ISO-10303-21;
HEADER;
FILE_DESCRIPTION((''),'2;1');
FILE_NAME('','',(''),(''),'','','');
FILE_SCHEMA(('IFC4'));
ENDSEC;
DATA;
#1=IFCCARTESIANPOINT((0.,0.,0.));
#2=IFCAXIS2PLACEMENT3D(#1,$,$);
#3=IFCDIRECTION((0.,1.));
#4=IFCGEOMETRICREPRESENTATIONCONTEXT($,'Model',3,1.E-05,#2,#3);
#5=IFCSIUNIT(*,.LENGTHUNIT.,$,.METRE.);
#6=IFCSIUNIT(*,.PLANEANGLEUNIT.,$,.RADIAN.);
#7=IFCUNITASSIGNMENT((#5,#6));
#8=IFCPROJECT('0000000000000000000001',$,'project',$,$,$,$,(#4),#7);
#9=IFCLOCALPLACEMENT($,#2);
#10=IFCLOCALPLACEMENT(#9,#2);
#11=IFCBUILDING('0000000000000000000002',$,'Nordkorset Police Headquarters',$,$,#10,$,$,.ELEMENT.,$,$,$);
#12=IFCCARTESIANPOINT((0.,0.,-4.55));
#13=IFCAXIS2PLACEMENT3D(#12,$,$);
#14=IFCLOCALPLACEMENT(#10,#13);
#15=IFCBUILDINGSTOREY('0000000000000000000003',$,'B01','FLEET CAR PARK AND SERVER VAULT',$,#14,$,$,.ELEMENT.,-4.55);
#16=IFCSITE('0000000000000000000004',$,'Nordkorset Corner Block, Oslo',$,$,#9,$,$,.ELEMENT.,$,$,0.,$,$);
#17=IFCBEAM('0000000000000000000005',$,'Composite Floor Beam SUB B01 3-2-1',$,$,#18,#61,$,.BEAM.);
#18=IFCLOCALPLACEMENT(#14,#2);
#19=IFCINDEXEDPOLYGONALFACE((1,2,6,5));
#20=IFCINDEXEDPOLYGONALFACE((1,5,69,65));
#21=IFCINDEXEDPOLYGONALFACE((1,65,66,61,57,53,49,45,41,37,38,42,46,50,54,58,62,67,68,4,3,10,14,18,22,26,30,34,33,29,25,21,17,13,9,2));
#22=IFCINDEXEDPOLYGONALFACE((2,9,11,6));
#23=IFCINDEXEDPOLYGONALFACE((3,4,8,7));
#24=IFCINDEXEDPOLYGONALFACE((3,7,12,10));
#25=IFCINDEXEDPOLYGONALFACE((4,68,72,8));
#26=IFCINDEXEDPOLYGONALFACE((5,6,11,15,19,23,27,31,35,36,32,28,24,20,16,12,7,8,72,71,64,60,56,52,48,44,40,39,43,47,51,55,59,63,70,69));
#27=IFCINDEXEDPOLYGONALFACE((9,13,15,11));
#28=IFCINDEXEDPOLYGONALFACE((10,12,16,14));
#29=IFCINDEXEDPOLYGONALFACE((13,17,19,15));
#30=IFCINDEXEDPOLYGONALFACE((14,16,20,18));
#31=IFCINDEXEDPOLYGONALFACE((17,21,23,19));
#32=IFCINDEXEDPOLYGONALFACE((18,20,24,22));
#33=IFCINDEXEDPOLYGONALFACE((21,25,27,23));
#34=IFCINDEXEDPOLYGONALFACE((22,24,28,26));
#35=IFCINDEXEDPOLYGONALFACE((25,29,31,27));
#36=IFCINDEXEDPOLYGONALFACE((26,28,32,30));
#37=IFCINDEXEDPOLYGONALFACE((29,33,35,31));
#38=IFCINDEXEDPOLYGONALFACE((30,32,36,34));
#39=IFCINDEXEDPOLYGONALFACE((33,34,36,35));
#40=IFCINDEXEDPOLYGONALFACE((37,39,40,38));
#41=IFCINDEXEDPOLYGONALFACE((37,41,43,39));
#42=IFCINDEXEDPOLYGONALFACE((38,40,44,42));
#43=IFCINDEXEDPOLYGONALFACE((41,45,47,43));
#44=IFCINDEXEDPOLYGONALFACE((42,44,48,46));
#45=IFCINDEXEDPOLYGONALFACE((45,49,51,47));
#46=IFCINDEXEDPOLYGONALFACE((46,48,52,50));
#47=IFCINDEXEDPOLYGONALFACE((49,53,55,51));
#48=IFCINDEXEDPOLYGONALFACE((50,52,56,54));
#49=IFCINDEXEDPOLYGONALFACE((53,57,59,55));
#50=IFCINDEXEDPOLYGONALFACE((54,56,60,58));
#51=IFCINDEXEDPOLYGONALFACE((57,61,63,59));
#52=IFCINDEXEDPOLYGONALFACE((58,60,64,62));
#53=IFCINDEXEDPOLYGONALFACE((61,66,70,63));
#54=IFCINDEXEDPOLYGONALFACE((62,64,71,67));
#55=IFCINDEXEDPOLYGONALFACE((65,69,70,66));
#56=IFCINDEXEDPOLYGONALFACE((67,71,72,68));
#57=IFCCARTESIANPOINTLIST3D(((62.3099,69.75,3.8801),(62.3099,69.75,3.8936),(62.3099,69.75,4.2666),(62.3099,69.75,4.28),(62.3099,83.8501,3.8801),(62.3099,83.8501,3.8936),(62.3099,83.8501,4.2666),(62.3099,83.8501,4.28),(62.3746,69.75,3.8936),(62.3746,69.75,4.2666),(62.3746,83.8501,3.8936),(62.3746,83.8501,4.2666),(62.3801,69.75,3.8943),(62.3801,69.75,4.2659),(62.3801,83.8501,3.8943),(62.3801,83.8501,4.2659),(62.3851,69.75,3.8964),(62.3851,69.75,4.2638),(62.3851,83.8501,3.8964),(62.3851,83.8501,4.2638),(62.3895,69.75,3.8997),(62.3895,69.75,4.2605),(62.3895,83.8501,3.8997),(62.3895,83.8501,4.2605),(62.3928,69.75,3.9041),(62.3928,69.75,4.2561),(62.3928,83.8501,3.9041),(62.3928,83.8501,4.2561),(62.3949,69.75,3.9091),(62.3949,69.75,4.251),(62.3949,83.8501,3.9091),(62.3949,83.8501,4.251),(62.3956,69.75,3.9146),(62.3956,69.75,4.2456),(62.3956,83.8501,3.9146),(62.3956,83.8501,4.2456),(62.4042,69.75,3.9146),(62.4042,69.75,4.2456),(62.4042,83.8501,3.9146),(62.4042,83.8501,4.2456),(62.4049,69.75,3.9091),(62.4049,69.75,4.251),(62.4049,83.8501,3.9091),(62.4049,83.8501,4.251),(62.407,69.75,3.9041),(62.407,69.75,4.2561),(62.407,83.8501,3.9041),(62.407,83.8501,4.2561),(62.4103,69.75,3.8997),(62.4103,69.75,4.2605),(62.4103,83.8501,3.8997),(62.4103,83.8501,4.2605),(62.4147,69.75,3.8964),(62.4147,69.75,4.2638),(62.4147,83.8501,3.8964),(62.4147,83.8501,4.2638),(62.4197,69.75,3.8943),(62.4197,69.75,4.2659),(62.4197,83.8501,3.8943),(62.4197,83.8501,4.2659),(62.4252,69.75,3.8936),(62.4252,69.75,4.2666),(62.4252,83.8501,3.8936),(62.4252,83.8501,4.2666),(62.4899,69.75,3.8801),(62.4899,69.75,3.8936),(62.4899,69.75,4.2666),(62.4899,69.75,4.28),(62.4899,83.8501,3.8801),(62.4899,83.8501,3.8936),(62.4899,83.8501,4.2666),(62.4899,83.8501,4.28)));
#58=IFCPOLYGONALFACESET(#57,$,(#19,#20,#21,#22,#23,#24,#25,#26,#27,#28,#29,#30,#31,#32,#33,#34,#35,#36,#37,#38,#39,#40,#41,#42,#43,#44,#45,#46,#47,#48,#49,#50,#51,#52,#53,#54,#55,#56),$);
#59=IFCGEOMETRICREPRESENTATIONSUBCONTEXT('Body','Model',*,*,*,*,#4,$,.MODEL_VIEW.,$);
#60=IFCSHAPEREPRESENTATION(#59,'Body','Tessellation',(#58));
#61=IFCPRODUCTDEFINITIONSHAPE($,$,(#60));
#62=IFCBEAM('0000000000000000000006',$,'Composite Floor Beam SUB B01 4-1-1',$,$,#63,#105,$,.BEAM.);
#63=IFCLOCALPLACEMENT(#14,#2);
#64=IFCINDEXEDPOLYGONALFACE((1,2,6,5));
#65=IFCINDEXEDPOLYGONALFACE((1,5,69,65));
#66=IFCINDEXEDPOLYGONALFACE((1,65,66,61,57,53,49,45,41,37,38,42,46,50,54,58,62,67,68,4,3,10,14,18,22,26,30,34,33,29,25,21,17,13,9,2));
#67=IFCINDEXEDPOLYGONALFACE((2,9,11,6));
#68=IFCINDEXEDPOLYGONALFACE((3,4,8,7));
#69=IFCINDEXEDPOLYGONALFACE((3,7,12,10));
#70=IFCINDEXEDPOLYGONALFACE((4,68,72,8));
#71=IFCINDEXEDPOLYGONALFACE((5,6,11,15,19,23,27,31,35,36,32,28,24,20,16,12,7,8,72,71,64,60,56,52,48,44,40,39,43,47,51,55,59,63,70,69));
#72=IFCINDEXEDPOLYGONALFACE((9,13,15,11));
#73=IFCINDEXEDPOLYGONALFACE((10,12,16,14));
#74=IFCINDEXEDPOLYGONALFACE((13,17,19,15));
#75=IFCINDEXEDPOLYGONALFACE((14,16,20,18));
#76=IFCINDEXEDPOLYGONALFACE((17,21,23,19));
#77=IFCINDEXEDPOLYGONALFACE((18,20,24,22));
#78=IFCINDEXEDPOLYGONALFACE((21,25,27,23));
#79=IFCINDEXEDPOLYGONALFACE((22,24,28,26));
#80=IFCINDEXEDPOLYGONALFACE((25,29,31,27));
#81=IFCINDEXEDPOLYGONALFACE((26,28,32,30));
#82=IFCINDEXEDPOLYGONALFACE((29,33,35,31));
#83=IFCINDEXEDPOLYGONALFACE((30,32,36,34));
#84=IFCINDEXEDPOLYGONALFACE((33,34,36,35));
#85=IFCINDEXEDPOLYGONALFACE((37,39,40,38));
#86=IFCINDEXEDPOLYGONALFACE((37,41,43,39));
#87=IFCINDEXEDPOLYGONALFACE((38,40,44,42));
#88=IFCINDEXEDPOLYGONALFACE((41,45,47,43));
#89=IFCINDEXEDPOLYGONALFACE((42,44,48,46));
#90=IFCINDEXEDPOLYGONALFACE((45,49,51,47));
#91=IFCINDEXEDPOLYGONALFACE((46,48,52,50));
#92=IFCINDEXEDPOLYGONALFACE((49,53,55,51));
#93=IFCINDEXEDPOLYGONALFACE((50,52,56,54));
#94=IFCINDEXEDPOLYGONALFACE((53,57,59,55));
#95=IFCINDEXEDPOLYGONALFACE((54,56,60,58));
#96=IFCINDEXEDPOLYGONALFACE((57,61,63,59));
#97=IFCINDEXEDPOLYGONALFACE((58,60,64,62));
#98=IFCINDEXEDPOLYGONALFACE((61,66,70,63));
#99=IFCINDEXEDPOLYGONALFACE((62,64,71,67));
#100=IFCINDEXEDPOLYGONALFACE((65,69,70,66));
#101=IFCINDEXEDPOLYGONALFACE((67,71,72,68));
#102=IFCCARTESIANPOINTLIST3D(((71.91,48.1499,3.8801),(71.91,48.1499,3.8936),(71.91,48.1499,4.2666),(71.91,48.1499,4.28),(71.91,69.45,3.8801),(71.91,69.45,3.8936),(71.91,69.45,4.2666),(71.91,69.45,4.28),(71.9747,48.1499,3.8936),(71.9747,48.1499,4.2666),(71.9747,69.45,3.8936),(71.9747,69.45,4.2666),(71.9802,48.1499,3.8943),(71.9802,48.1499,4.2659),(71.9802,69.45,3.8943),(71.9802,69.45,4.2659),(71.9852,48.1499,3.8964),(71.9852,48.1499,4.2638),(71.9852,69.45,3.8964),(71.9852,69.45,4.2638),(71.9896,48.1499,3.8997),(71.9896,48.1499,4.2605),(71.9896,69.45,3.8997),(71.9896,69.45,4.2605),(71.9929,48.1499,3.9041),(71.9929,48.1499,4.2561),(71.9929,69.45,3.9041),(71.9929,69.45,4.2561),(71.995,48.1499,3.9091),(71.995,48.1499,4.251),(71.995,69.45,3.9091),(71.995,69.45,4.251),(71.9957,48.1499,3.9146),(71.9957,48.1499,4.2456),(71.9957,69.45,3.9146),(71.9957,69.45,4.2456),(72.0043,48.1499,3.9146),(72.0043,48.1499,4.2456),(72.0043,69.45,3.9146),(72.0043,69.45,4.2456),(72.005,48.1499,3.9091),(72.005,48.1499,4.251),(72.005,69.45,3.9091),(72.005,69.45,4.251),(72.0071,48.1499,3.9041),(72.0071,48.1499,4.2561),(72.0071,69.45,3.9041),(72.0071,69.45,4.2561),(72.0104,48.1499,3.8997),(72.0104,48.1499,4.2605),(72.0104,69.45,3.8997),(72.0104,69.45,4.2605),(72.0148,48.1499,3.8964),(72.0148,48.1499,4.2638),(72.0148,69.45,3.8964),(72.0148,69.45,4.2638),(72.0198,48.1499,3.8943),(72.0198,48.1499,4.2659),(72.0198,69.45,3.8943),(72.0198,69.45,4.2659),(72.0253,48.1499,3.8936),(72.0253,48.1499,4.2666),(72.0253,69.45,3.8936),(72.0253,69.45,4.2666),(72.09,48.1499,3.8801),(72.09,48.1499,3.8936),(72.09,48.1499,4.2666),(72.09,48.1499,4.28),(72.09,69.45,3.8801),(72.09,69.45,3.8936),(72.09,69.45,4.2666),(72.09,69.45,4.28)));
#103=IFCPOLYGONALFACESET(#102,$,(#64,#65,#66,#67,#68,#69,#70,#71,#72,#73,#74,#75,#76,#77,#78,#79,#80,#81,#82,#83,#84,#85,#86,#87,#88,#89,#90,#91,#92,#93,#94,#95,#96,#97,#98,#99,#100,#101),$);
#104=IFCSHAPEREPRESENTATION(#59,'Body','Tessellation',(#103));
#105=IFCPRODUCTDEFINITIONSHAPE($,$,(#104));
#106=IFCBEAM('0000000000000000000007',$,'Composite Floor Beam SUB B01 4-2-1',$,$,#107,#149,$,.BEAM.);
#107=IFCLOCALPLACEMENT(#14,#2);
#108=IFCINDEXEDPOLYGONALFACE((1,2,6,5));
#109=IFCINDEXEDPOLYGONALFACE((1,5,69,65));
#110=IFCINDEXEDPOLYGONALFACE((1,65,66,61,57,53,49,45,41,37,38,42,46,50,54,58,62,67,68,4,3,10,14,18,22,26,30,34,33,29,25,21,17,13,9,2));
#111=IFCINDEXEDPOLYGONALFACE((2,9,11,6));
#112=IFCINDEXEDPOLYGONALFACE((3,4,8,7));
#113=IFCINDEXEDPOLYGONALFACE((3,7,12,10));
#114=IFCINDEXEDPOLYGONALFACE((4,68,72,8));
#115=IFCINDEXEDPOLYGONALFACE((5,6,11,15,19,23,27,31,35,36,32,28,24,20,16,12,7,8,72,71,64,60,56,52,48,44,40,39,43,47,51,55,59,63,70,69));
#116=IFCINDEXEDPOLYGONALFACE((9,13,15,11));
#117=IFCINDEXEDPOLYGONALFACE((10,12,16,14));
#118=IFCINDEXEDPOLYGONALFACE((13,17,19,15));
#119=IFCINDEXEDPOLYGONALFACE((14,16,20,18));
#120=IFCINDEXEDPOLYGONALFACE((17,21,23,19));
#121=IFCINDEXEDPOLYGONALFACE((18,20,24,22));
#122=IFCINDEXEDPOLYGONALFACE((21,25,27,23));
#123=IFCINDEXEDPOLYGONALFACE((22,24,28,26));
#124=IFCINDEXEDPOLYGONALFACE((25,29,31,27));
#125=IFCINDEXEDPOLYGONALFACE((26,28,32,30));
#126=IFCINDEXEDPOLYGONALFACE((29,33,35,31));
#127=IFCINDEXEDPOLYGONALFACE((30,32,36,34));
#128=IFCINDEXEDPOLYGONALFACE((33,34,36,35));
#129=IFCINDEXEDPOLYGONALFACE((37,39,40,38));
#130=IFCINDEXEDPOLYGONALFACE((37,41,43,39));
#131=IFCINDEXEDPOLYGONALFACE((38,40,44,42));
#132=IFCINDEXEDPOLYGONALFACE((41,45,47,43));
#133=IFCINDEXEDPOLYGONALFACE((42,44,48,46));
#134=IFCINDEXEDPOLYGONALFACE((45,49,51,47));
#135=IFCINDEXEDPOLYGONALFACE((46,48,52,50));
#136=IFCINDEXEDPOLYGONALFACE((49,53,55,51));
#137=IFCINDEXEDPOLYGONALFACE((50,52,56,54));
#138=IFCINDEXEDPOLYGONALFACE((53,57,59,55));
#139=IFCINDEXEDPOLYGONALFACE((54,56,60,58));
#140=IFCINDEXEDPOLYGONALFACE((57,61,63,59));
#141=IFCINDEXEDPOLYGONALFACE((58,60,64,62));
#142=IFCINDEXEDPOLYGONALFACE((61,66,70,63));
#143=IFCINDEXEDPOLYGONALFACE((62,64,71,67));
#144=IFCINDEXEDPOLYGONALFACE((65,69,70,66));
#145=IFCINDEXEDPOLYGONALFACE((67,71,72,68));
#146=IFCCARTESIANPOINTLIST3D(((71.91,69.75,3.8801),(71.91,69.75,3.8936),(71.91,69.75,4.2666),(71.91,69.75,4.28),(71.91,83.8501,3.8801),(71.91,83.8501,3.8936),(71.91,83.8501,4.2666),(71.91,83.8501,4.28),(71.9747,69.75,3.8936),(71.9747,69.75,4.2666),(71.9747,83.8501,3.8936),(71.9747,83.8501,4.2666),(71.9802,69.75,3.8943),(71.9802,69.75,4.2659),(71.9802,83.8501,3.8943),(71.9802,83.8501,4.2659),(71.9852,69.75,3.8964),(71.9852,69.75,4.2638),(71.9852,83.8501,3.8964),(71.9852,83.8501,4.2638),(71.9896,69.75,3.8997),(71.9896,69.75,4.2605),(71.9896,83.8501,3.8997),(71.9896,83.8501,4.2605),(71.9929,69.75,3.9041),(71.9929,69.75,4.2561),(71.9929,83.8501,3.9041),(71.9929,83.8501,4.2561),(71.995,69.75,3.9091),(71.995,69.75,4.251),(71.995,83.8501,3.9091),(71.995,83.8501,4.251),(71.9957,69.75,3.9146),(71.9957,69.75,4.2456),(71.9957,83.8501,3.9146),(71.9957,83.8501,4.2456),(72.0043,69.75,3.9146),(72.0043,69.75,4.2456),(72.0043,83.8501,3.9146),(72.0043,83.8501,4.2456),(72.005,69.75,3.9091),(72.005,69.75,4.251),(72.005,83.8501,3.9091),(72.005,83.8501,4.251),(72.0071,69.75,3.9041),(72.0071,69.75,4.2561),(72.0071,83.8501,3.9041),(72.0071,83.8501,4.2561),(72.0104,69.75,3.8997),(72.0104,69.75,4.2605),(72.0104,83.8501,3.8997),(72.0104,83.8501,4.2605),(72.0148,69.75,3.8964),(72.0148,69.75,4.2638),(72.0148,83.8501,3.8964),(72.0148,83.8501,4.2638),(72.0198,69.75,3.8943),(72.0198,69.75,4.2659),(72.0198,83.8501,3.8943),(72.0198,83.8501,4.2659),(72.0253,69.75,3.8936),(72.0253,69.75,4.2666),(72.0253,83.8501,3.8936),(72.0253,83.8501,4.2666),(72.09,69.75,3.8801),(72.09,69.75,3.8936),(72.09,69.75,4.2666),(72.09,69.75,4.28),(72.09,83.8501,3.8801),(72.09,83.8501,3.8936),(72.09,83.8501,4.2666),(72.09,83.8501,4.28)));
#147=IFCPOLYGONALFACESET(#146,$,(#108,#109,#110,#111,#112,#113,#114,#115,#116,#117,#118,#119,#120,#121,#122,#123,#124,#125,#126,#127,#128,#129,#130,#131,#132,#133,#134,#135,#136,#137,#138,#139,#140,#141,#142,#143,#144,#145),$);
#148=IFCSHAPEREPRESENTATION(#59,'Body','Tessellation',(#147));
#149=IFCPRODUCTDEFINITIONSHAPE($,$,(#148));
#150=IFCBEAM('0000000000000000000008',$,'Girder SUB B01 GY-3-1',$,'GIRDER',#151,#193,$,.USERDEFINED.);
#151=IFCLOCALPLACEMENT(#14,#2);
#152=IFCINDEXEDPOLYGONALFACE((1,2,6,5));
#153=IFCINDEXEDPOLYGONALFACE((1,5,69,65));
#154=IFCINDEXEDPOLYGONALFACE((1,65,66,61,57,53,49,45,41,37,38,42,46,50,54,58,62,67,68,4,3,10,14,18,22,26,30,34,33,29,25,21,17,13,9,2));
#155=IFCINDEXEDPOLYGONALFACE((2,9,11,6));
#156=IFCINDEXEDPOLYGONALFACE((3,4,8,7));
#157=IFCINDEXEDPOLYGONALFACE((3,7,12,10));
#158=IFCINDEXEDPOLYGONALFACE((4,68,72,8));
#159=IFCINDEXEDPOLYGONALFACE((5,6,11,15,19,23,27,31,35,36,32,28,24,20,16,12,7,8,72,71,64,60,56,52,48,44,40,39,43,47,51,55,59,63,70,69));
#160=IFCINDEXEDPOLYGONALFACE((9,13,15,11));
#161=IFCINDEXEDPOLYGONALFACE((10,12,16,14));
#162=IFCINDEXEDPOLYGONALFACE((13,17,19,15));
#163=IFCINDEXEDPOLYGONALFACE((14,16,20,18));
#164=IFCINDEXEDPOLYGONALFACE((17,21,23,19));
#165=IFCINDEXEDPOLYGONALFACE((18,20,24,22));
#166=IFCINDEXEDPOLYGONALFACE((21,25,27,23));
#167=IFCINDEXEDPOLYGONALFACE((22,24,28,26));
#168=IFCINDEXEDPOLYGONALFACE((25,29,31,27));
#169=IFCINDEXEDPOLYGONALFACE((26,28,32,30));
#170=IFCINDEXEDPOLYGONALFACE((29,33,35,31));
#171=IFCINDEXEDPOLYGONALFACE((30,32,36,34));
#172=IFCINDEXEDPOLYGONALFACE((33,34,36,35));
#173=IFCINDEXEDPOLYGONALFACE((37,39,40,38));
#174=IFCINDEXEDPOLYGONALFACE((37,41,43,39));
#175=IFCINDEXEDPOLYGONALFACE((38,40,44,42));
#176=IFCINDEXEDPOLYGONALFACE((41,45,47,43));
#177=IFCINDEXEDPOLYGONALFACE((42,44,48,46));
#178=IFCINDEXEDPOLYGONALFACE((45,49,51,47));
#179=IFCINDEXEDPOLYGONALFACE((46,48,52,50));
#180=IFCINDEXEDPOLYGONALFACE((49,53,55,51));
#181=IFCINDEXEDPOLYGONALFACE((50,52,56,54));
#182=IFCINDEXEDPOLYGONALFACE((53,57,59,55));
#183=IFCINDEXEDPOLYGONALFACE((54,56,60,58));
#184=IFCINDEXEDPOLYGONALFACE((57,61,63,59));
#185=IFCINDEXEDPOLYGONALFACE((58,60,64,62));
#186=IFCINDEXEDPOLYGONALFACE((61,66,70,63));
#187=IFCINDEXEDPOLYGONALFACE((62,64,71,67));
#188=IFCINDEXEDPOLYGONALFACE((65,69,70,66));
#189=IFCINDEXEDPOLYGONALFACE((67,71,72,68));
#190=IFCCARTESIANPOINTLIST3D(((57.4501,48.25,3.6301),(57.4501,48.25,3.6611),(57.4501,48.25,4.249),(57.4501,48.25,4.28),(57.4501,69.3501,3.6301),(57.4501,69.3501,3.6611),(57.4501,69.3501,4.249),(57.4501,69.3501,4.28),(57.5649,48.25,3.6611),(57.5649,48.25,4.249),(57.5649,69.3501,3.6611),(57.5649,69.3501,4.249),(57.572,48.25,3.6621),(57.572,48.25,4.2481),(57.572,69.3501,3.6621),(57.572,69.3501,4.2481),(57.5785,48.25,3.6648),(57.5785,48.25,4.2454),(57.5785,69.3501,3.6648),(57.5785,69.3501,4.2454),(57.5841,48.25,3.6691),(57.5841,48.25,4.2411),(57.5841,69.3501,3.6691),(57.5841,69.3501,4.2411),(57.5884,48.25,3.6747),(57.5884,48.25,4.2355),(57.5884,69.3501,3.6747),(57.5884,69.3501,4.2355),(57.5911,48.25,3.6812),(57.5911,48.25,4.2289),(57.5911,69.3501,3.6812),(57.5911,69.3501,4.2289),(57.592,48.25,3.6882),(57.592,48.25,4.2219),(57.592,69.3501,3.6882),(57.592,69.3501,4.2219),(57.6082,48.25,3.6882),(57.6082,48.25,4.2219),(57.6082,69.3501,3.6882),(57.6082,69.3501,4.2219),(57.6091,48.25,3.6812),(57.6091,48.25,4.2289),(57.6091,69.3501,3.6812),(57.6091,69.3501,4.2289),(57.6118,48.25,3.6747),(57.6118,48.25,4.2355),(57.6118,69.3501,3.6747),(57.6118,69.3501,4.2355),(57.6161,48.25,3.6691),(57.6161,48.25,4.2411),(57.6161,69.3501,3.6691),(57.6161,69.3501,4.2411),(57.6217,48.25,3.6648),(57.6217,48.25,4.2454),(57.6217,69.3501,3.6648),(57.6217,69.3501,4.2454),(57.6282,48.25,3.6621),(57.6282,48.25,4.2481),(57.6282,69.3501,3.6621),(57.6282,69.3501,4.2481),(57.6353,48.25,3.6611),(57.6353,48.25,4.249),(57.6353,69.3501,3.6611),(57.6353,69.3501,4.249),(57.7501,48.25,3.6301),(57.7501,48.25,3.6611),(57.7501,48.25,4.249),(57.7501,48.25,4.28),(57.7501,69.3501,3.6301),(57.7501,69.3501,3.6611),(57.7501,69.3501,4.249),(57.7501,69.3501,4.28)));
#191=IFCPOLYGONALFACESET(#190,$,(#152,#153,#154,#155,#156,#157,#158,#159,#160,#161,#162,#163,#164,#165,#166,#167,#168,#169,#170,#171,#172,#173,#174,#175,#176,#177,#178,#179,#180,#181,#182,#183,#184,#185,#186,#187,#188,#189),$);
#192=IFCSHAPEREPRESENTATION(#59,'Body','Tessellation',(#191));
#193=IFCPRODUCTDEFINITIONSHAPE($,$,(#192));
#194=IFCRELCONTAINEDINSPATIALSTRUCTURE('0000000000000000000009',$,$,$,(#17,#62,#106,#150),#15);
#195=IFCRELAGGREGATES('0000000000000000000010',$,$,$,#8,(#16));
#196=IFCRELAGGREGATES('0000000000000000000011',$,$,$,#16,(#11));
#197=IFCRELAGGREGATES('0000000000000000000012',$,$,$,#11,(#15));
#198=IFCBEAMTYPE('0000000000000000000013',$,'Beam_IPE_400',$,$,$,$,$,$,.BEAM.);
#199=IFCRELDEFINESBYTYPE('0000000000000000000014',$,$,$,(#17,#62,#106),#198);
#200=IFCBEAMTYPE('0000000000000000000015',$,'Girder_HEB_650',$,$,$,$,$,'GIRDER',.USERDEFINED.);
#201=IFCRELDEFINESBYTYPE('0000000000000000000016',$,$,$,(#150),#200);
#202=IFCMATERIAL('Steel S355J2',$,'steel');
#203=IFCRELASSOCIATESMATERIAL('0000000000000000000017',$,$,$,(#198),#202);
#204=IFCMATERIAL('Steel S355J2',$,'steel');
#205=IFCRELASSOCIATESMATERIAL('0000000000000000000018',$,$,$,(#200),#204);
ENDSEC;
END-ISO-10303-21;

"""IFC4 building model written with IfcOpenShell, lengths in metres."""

from ifc_helpers import new_model, si_unit, direction, frame, origin, origin_2d, place, context, subcontext, project, spatial, i_section, extrude, material, material_profile, profile_set, type_object, element, save


model = new_model("IFC4")

# Units and contexts
model_context = context("Model", 3, precision=1e-05, world=origin(), true_north=direction((0.0, 1.0)))
body_context = subcontext(model_context, "Body", "Model", "MODEL_VIEW")
ifc_project = project(units=[si_unit("LENGTHUNIT", "METRE"), si_unit("PLANEANGLEUNIT", "RADIAN")], contexts=[model_context])

# Site, building, storey
site_placement = place(None, origin())
site = spatial("IfcSite", under=ifc_project, at=site_placement, Name="Nordkorset Corner Block, Oslo", CompositionType="ELEMENT", RefElevation=0.0)
building_placement = place(site_placement, origin())
building = spatial("IfcBuilding", under=site, at=building_placement, Name="Nordkorset Police Headquarters", CompositionType="ELEMENT")
storey_placement = place(building_placement, frame((0.0, 0.0, -4.55)))
storey = spatial("IfcBuildingStorey", under=building, at=storey_placement, Name="B01", Description="FLEET CAR PARK AND SERVER VAULT", CompositionType="ELEMENT", Elevation=-4.55)

# Beams
ifc_material_1 = material(Name="Steel S355J2", Category="steel")
ifc_material_profile_1 = material_profile(ifc_material_1, i_section(OverallWidth=0.1799, OverallDepth=0.3999, WebThickness=0.0085, FlangeThickness=0.0134, FilletRadius=0.021, at=origin_2d()), Name="IPE 400")
ifc_profile_set_1 = profile_set([ifc_material_profile_1], Name="Steel S355J2")
beam_type_1 = type_object("IfcBeamType", Name="Beam_IPE_400", PredefinedType="BEAM", material=ifc_profile_set_1)
for number, where, z_axis, x_axis, name in (
    (1, (62.3999, 69.75, 4.0801), (0.0, 1.0, 0.0), (-1.0, 0.0, 0.0), "Composite Floor Beam SUB B01 3-2-1"),
):
    element("IfcBeam", number, at=place(storey_placement, frame(where, z_axis=z_axis, x_axis=x_axis)), inside=storey, type_object=beam_type_1, Name=name, PredefinedType="BEAM", context=body_context, shape_type="SweptSolid", body=[
        extrude(i_section(OverallWidth=0.1799, OverallDepth=0.3999, WebThickness=0.0085, FlangeThickness=0.0134, FilletRadius=0.021, at=origin_2d()), origin(), (0.0, 0.0, 1.0), 14.1001),
    ])
beam_1_placement = place(storey_placement, frame((72.0, 48.1499, 4.0801), z_axis=(0.0, 1.0, 0.0), x_axis=(-1.0, 0.0, 0.0)))
element("IfcBeam", 2, at=beam_1_placement, inside=storey, type_object=beam_type_1, Name="Composite Floor Beam SUB B01 4-1-1", PredefinedType="BEAM", context=body_context, shape_type="SweptSolid", body=[
    extrude(i_section(OverallWidth=0.1799, OverallDepth=0.3999, WebThickness=0.0085, FlangeThickness=0.0134, FilletRadius=0.021, at=origin_2d()), origin(), (0.0, 0.0, 1.0), 21.3),
])
beam_2_placement = place(storey_placement, frame((72.0, 69.75, 4.0801), z_axis=(0.0, 1.0, 0.0), x_axis=(-1.0, 0.0, 0.0)))
element("IfcBeam", 3, at=beam_2_placement, inside=storey, type_object=beam_type_1, Name="Composite Floor Beam SUB B01 4-2-1", PredefinedType="BEAM", context=body_context, shape_type="SweptSolid", body=[
    extrude(i_section(OverallWidth=0.1799, OverallDepth=0.3999, WebThickness=0.0085, FlangeThickness=0.0134, FilletRadius=0.021, at=origin_2d()), origin(), (0.0, 0.0, 1.0), 14.1001),
])
ifc_material_2 = material(Name="Steel S355J2", Category="steel")
ifc_material_profile_2 = material_profile(ifc_material_2, i_section(OverallWidth=0.3, OverallDepth=0.6499, WebThickness=0.0161, FlangeThickness=0.031, FilletRadius=0.0271, at=origin_2d()), Name="HEB 650")
ifc_profile_set_2 = profile_set([ifc_material_profile_2], Name="Steel S355J2")
beam_type_2 = type_object("IfcBeamType", Name="Girder_HEB_650", ElementType="GIRDER", PredefinedType="USERDEFINED", material=ifc_profile_set_2)
beam_3_placement = place(storey_placement, frame((57.6001, 48.25, 3.9551), z_axis=(0.0, 1.0, 0.0), x_axis=(-1.0, 0.0, 0.0)))
element("IfcBeam", 4, at=beam_3_placement, inside=storey, type_object=beam_type_2, Name="Girder SUB B01 GY-3-1", ObjectType="GIRDER", PredefinedType="USERDEFINED", context=body_context, shape_type="SweptSolid", body=[
    extrude(i_section(OverallWidth=0.3, OverallDepth=0.6499, WebThickness=0.0161, FlangeThickness=0.031, FilletRadius=0.0271, at=origin_2d()), origin(), (0.0, 0.0, 1.0), 21.1001),
])

save(model, "model.ifc")
